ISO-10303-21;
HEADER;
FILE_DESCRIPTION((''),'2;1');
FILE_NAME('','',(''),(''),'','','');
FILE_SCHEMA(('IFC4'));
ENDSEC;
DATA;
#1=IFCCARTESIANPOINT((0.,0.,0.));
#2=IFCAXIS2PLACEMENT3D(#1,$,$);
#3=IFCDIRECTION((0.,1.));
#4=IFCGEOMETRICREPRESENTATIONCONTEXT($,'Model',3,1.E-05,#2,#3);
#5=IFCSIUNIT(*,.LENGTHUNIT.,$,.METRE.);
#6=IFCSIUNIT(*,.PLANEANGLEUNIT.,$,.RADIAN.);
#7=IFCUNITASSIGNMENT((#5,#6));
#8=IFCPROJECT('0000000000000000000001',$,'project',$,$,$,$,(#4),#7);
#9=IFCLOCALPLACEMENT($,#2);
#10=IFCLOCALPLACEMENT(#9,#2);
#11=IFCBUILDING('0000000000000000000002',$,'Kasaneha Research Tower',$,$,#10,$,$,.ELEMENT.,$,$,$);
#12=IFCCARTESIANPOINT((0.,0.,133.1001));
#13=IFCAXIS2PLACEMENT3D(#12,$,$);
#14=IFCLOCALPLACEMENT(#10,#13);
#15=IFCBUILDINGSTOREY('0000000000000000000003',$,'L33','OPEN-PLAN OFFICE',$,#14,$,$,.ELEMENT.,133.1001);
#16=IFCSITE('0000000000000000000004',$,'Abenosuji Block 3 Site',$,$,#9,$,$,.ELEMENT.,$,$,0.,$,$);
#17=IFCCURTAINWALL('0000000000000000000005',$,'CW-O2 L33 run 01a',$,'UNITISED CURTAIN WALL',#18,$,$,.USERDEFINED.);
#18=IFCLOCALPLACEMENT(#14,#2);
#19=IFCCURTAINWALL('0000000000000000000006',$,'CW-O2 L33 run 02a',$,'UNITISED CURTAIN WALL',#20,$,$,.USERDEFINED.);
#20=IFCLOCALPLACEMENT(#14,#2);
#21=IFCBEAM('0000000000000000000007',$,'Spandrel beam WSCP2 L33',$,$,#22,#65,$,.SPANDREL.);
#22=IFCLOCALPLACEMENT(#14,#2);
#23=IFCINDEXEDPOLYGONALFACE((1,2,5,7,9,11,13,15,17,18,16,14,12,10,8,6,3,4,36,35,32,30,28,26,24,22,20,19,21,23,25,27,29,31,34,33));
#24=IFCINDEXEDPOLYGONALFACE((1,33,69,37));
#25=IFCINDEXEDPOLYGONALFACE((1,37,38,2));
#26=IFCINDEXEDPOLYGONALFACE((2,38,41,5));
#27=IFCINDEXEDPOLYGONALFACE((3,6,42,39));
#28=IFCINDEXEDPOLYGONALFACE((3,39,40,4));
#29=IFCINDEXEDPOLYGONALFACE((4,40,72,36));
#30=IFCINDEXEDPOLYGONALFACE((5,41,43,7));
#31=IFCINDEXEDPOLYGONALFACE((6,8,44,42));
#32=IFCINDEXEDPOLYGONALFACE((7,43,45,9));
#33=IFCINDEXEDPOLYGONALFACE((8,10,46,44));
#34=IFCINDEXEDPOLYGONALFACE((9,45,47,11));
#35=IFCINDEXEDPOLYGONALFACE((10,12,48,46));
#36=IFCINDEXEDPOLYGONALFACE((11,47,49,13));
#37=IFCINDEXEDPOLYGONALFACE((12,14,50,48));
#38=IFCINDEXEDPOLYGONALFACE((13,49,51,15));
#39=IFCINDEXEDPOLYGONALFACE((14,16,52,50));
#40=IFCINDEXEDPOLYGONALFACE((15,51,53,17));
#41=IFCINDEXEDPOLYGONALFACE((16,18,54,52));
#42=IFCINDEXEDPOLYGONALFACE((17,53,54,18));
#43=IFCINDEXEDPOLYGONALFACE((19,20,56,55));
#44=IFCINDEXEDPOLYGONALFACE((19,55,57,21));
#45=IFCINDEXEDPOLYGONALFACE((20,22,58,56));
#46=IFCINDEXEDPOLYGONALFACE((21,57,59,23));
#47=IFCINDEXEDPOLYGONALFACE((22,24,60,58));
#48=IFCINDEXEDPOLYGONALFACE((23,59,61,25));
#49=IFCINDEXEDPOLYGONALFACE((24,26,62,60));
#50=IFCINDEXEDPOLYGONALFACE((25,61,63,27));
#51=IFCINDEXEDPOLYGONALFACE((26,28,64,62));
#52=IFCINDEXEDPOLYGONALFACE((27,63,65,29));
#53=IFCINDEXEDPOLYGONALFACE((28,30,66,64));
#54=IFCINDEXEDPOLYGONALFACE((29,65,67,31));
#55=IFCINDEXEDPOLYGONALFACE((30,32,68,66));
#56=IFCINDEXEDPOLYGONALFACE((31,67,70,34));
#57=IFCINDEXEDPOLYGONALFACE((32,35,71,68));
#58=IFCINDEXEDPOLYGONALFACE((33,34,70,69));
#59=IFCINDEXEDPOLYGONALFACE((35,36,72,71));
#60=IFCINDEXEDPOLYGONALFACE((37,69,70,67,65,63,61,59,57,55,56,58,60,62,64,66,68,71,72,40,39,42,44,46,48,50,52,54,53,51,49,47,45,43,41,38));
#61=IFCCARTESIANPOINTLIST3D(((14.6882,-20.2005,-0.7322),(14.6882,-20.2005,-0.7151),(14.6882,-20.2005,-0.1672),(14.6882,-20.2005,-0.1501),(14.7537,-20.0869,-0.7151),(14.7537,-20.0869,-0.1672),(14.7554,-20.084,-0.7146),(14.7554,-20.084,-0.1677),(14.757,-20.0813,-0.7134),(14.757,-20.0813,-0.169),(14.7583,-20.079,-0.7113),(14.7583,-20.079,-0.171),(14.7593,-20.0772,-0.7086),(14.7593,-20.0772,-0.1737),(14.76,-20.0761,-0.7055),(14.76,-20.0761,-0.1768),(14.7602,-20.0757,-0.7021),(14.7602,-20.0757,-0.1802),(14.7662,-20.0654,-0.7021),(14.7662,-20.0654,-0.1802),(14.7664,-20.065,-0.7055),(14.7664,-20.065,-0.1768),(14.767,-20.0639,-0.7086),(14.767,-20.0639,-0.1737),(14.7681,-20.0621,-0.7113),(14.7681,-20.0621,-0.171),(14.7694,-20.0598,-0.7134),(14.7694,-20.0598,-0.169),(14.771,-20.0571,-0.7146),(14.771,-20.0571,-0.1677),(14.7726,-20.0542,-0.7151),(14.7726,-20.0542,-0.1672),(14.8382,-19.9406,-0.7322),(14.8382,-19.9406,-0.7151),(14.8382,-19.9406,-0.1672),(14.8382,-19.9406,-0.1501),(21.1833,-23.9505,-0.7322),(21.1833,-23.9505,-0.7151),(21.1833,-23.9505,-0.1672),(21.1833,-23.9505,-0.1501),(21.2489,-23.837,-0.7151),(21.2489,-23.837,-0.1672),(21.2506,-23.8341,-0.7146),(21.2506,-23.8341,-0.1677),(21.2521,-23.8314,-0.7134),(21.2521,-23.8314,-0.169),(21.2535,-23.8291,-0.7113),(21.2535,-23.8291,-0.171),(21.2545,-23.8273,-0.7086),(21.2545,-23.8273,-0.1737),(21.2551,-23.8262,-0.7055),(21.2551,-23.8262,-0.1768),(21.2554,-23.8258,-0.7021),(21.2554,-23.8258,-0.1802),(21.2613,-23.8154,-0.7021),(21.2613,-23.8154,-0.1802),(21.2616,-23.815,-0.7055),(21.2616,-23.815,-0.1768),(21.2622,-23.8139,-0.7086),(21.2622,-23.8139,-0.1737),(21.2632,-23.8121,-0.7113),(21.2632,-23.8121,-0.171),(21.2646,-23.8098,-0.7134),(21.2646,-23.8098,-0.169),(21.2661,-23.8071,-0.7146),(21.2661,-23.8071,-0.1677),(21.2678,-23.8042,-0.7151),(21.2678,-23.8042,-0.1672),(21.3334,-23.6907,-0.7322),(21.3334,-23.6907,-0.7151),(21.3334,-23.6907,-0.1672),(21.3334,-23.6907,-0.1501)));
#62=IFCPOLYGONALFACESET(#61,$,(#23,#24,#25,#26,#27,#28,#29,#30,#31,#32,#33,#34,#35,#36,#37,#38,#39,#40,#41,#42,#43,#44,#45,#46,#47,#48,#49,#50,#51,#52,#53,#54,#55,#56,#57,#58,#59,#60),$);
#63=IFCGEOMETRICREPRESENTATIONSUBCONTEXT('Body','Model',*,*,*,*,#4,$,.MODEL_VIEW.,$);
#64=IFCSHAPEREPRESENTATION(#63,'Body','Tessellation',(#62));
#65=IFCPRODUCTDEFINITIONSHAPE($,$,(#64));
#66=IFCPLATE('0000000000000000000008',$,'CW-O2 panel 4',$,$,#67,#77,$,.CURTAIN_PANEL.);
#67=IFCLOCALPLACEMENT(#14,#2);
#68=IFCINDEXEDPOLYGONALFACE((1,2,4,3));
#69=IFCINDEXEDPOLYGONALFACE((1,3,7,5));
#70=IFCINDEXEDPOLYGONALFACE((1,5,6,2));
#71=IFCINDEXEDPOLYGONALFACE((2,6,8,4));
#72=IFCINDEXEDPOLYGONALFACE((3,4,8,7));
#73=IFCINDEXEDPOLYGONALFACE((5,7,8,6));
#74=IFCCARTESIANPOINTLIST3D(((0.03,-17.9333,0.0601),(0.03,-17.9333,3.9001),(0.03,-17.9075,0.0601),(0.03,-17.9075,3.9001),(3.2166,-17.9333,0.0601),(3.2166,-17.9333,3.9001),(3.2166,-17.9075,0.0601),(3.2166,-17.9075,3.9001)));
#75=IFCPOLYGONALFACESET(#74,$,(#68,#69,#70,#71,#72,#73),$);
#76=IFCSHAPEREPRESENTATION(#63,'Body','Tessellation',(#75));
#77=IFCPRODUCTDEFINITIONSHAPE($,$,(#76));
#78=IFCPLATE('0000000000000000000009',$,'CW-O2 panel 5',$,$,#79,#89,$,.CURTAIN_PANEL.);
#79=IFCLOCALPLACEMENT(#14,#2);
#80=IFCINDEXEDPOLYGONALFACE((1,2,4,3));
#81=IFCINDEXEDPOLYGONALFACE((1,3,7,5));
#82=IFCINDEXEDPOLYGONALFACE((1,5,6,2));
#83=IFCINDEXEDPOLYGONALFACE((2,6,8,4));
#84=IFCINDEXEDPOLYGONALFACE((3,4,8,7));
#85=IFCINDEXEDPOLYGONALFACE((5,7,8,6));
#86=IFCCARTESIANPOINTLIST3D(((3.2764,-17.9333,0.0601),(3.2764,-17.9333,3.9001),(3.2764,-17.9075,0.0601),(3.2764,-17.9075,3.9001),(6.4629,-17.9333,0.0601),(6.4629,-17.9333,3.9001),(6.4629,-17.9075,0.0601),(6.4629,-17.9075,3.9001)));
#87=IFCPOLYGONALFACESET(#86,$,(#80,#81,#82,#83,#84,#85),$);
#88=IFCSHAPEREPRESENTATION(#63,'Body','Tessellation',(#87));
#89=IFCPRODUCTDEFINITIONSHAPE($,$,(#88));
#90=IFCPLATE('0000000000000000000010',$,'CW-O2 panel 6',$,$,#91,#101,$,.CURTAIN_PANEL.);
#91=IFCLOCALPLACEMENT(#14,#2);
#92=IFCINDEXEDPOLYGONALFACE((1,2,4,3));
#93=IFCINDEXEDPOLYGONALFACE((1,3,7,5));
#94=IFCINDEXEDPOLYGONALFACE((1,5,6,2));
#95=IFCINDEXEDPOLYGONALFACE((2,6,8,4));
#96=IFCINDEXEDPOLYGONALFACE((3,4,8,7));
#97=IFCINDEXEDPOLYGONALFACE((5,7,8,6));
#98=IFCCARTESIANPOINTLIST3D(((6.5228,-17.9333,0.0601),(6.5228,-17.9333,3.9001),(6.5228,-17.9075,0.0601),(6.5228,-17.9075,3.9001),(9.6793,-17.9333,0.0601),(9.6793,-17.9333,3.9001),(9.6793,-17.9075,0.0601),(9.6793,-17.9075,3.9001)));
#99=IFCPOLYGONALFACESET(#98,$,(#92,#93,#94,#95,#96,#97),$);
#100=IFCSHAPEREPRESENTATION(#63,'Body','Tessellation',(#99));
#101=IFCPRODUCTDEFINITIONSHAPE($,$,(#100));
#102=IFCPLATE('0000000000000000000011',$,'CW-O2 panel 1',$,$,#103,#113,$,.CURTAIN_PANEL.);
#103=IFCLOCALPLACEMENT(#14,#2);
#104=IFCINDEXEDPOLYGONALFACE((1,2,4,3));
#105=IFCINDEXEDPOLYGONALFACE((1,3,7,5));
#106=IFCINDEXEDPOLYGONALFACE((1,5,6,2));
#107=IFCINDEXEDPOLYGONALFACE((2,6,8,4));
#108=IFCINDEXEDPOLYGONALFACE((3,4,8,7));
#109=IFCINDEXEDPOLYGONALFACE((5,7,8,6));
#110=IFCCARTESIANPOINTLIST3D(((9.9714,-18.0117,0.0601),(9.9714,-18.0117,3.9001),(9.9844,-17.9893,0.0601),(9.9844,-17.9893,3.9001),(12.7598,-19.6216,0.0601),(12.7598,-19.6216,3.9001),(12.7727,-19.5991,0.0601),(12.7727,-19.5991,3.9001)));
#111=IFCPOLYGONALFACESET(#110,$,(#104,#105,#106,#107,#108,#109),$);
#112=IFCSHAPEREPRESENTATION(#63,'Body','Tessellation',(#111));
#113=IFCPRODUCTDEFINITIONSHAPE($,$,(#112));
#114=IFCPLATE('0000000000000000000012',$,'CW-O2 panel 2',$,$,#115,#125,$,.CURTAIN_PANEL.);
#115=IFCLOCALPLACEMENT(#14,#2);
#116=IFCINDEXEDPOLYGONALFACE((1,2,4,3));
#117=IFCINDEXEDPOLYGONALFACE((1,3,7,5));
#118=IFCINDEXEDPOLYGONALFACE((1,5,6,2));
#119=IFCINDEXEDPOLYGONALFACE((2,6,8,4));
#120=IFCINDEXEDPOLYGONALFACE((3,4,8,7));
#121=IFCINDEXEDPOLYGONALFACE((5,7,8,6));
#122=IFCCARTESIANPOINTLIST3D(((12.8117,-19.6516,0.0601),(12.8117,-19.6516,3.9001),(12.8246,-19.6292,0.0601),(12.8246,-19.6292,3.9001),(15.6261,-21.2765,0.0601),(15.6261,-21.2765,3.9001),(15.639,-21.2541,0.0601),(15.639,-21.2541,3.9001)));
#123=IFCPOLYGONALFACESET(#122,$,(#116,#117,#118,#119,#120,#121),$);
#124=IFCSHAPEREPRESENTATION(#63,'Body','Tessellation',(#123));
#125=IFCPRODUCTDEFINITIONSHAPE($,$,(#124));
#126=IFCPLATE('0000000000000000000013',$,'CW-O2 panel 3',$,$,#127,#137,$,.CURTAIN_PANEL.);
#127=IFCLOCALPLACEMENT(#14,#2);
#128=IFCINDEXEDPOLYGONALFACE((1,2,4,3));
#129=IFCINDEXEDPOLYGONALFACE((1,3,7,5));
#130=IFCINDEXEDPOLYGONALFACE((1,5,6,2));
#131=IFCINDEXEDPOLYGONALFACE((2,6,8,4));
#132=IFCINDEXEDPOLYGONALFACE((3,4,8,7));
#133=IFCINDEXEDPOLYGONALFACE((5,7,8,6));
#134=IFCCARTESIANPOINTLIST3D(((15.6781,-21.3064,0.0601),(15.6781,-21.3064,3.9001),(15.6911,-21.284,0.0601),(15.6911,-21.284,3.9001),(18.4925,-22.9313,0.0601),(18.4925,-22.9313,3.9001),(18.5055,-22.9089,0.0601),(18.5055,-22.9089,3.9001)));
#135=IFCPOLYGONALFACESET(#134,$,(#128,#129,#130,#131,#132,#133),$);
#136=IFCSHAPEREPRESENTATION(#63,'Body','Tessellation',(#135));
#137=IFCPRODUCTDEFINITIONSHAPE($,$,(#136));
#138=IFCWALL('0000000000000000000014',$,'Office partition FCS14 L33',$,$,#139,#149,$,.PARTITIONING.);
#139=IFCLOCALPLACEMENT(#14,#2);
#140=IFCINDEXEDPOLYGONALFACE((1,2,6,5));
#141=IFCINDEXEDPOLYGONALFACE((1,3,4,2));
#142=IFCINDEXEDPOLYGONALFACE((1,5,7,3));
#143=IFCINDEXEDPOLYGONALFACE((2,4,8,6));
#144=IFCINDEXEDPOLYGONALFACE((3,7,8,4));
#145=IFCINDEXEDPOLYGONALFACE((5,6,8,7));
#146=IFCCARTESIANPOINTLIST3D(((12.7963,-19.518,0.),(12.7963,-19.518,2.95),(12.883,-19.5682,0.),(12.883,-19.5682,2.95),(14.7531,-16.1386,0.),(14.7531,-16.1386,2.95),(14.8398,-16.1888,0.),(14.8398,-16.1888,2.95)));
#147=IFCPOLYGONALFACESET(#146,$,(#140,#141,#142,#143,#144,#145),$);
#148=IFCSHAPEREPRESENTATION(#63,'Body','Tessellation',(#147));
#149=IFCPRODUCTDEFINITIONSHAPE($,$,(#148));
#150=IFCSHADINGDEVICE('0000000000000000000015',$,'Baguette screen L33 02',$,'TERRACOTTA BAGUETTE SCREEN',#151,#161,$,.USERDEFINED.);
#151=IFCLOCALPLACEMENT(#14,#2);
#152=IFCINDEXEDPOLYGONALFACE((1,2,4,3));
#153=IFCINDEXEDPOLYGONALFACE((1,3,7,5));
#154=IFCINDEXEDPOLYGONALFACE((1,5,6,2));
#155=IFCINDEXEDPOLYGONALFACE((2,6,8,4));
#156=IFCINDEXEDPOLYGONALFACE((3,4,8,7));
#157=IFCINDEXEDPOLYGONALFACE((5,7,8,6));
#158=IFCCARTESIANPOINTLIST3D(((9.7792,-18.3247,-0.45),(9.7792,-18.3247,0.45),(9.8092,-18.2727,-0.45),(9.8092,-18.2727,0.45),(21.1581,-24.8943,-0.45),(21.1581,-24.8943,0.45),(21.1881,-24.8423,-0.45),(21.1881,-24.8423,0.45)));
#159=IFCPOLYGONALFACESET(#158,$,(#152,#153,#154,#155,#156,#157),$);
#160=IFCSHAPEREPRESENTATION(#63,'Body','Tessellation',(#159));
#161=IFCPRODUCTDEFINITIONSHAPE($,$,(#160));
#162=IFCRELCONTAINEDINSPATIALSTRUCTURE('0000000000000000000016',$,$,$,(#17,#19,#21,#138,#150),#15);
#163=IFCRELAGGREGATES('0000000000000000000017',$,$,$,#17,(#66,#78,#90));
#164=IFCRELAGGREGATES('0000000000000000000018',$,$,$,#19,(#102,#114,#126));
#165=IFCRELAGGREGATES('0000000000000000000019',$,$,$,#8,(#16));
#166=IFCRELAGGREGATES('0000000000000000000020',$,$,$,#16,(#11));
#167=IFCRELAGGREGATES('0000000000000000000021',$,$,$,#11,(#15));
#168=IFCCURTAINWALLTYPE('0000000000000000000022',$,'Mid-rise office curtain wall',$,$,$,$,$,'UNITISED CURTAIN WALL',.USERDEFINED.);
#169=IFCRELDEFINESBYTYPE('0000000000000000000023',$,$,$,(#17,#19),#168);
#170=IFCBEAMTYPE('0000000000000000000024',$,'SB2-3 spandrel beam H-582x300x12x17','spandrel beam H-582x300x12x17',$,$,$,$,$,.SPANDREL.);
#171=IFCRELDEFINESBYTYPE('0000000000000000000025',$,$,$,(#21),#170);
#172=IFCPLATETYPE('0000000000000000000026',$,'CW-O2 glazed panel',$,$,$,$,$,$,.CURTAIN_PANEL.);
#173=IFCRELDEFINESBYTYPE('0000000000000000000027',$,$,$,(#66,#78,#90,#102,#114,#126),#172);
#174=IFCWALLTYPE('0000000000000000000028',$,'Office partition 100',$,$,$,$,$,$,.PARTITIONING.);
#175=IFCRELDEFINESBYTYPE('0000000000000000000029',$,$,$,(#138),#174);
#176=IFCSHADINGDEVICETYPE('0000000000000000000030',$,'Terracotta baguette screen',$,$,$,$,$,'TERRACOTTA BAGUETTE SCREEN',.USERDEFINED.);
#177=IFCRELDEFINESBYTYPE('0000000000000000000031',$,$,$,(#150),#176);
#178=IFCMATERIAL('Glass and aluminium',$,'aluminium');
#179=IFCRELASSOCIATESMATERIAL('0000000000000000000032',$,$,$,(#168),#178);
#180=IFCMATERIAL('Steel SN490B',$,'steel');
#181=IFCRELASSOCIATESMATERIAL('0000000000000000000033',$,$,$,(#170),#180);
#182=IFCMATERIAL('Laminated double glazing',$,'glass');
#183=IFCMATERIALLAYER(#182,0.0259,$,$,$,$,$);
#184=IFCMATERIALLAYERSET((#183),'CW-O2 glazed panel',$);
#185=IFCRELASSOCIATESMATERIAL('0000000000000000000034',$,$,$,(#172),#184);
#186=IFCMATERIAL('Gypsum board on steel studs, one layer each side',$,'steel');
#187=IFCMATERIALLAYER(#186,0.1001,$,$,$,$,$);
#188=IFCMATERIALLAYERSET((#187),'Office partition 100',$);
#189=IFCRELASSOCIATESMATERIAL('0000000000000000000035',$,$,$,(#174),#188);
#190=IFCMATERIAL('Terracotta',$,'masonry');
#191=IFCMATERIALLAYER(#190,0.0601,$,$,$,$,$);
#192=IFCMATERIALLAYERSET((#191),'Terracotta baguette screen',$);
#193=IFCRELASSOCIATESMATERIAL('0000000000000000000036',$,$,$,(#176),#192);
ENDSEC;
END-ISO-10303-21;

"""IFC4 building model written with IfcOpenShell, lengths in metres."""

from ifc_helpers import new_model, si_unit, direction, frame, frame_2d, origin, origin_2d, place, context, subcontext, project, spatial, rectangle, i_section, extrude, material, layer, layer_set, material_profile, profile_set, type_object, element, aggregate, save


model = new_model("IFC4")

# Units and contexts
model_context = context("Model", 3, precision=1e-05, world=origin(), true_north=direction((0.0, 1.0)))
body_context = subcontext(model_context, "Body", "Model", "MODEL_VIEW")
ifc_project = project(units=[si_unit("LENGTHUNIT", "METRE"), si_unit("PLANEANGLEUNIT", "RADIAN")], contexts=[model_context])

# Site, building, storey
site_placement = place(None, origin())
site = spatial("IfcSite", under=ifc_project, at=site_placement, Name="Abenosuji Block 3 Site", CompositionType="ELEMENT", RefElevation=0.0)
building_placement = place(site_placement, origin())
building = spatial("IfcBuilding", under=site, at=building_placement, Name="Kasaneha Research Tower", CompositionType="ELEMENT")
storey_placement = place(building_placement, frame((0.0, 0.0, 133.1001)))
storey = spatial("IfcBuildingStorey", under=building, at=storey_placement, Name="L33", Description="OPEN-PLAN OFFICE", CompositionType="ELEMENT", Elevation=133.1001)

# Curtain walls
ifc_material_1 = material(Name="Glass and aluminium", Category="aluminium")
curtain_wall_type = type_object("IfcCurtainWallType", Name="Mid-rise office curtain wall", ElementType="UNITISED CURTAIN WALL", PredefinedType="USERDEFINED", material=ifc_material_1)
curtain_wall_1_placement = place(storey_placement, origin())
curtain_wall_1 = element("IfcCurtainWall", 1, at=curtain_wall_1_placement, inside=storey, type_object=curtain_wall_type, Name="CW-O2 L33 run 01a", ObjectType="UNITISED CURTAIN WALL", PredefinedType="USERDEFINED")
curtain_wall_2_placement = place(storey_placement, origin())
curtain_wall_2 = element("IfcCurtainWall", 2, at=curtain_wall_2_placement, inside=storey, type_object=curtain_wall_type, Name="CW-O2 L33 run 02a", ObjectType="UNITISED CURTAIN WALL", PredefinedType="USERDEFINED")

# Beam
ifc_material_2 = material(Name="Steel SN490B", Category="steel")
ifc_material_profile_1 = material_profile(ifc_material_2, i_section(OverallWidth=0.3, OverallDepth=0.582, WebThickness=0.012, FlangeThickness=0.0171, FilletRadius=0.0129, at=origin_2d()), Name="H-582x300x12x17")
ifc_profile_set_1 = profile_set([ifc_material_profile_1], Name="Steel SN490B")
beam_type_1 = type_object("IfcBeamType", Name="SB2-3 spandrel beam H-582x300x12x17", Description="spandrel beam H-582x300x12x17", PredefinedType="SPANDREL", material=ifc_profile_set_1)
beam_1_placement = place(storey_placement, frame((14.7632, -20.0706, -0.4412), z_axis=(0.866023, -0.500004, 0.0), x_axis=(0.500004, 0.866023, 0.0)))
element("IfcBeam", 3, at=beam_1_placement, inside=storey, type_object=beam_type_1, Name="Spandrel beam WSCP2 L33", PredefinedType="SPANDREL", context=body_context, shape_type="SweptSolid", body=[
    extrude(i_section(OverallWidth=0.3, OverallDepth=0.582, WebThickness=0.012, FlangeThickness=0.0171, FilletRadius=0.0129, at=origin_2d()), origin(), (0.0, 0.0, 1.0), 7.5),
])

# Plates
ifc_material_3 = material(Name="Laminated double glazing", Category="glass")
ifc_layer_1 = layer(ifc_material_3, 0.0259)
ifc_layer_set_1 = layer_set([ifc_layer_1], Name="CW-O2 glazed panel")
plate_type = type_object("IfcPlateType", Name="CW-O2 glazed panel", PredefinedType="CURTAIN_PANEL", material=ifc_layer_set_1)
plate_1_placement = place(storey_placement, frame((1.6233, -17.9204, 0.0601), z_axis=(0.0, 0.0, 1.0), x_axis=(1.0, 0.0, 0.0)))
plate_1 = element("IfcPlate", 4, at=plate_1_placement, type_object=plate_type, Name="CW-O2 panel 4", PredefinedType="CURTAIN_PANEL", context=body_context, shape_type="SweptSolid", body=[
    extrude(rectangle(XDim=3.1865, YDim=0.0259, at=origin_2d()), origin(), (0.0, 0.0, 1.0), 3.8401),
])
plate_2_placement = place(storey_placement, frame((4.8696, -17.9204, 0.0601), z_axis=(0.0, 0.0, 1.0), x_axis=(1.0, 0.0, 0.0)))
plate_2 = element("IfcPlate", 5, at=plate_2_placement, type_object=plate_type, Name="CW-O2 panel 5", PredefinedType="CURTAIN_PANEL", context=body_context, shape_type="SweptSolid", body=[
    extrude(rectangle(XDim=3.1865, YDim=0.0259, at=origin_2d()), origin(), (0.0, 0.0, 1.0), 3.8401),
])
plate_3_placement = place(storey_placement, frame((8.1011, -17.9204, 0.0601), z_axis=(0.0, 0.0, 1.0), x_axis=(1.0, 0.0, 0.0)))
plate_3 = element("IfcPlate", 6, at=plate_3_placement, type_object=plate_type, Name="CW-O2 panel 6", PredefinedType="CURTAIN_PANEL", context=body_context, shape_type="SweptSolid", body=[
    extrude(rectangle(XDim=3.1565, YDim=0.0259, at=origin_2d()), origin(), (0.0, 0.0, 1.0), 3.8401),
])
aggregate(curtain_wall_1, [plate_1, plate_2, plate_3])
plate_4_placement = place(storey_placement, frame((11.3721, -18.8054, 0.0601), z_axis=(0.0, 0.0, 1.0), x_axis=(0.866025, -0.5, 0.0)))
plate_4 = element("IfcPlate", 7, at=plate_4_placement, type_object=plate_type, Name="CW-O2 panel 1", PredefinedType="CURTAIN_PANEL", context=body_context, shape_type="SweptSolid", body=[
    extrude(rectangle(XDim=3.2197, YDim=0.0259, at=origin_2d()), origin(), (0.0, 0.0, 1.0), 3.8401),
])
plate_5_placement = place(storey_placement, frame((14.2253, -20.4529, 0.0601), z_axis=(0.0, 0.0, 1.0), x_axis=(0.866025, -0.5, 0.0)))
plate_5 = element("IfcPlate", 8, at=plate_5_placement, type_object=plate_type, Name="CW-O2 panel 2", PredefinedType="CURTAIN_PANEL", context=body_context, shape_type="SweptSolid", body=[
    extrude(rectangle(XDim=3.2498, YDim=0.0259, at=origin_2d()), origin(), (0.0, 0.0, 1.0), 3.8401),
])
plate_6_placement = place(storey_placement, frame((17.0918, -22.1077, 0.0601), z_axis=(0.0, 0.0, 1.0), x_axis=(0.866025, -0.5, 0.0)))
plate_6 = element("IfcPlate", 9, at=plate_6_placement, type_object=plate_type, Name="CW-O2 panel 3", PredefinedType="CURTAIN_PANEL", context=body_context, shape_type="SweptSolid", body=[
    extrude(rectangle(XDim=3.2498, YDim=0.0259, at=origin_2d()), origin(), (0.0, 0.0, 1.0), 3.8401),
])
aggregate(curtain_wall_2, [plate_4, plate_5, plate_6])

# Wall
ifc_material_4 = material(Name="Gypsum board on steel studs, one layer each side", Category="steel")
ifc_layer_2 = layer(ifc_material_4, 0.1001)
ifc_layer_set_2 = layer_set([ifc_layer_2], Name="Office partition 100")
wall_type = type_object("IfcWallType", Name="Office partition 100", PredefinedType="PARTITIONING", material=ifc_layer_set_2)
wall_placement = place(storey_placement, frame((12.8396, -19.5432, 0.0), z_axis=(0.0, 0.0, 1.0), x_axis=(0.501093, 0.865393, 0.0)))
element("IfcWall", 10, at=wall_placement, inside=storey, type_object=wall_type, Name="Office partition FCS14 L33", PredefinedType="PARTITIONING", context=body_context, shape_type="SweptSolid", body=[
    extrude(rectangle(XDim=3.905, YDim=0.1001, at=frame_2d((1.9526, 0.0))), origin(), (0.0, 0.0, 1.0), 2.95),
])

# Shading device
ifc_material_5 = material(Name="Terracotta", Category="masonry")
ifc_layer_3 = layer(ifc_material_5, 0.0601)
ifc_layer_set_3 = layer_set([ifc_layer_3], Name="Terracotta baguette screen")
shading_device_type = type_object("IfcShadingDeviceType", Name="Terracotta baguette screen", ElementType="TERRACOTTA BAGUETTE SCREEN", PredefinedType="USERDEFINED", material=ifc_layer_set_3)
shading_device_placement = place(storey_placement, frame((15.4836, -21.5835, -0.45), z_axis=(0.0, 0.0, 1.0), x_axis=(0.866025, -0.5, 0.0)))
element("IfcShadingDevice", 11, at=shading_device_placement, inside=storey, type_object=shading_device_type, Name="Baguette screen L33 02", ObjectType="TERRACOTTA BAGUETTE SCREEN", PredefinedType="USERDEFINED", context=body_context, shape_type="SweptSolid", body=[
    extrude(rectangle(XDim=13.1392, YDim=0.0601, at=origin_2d()), origin(), (0.0, 0.0, 1.0), 0.8999),
])

save(model, "model.ifc")
